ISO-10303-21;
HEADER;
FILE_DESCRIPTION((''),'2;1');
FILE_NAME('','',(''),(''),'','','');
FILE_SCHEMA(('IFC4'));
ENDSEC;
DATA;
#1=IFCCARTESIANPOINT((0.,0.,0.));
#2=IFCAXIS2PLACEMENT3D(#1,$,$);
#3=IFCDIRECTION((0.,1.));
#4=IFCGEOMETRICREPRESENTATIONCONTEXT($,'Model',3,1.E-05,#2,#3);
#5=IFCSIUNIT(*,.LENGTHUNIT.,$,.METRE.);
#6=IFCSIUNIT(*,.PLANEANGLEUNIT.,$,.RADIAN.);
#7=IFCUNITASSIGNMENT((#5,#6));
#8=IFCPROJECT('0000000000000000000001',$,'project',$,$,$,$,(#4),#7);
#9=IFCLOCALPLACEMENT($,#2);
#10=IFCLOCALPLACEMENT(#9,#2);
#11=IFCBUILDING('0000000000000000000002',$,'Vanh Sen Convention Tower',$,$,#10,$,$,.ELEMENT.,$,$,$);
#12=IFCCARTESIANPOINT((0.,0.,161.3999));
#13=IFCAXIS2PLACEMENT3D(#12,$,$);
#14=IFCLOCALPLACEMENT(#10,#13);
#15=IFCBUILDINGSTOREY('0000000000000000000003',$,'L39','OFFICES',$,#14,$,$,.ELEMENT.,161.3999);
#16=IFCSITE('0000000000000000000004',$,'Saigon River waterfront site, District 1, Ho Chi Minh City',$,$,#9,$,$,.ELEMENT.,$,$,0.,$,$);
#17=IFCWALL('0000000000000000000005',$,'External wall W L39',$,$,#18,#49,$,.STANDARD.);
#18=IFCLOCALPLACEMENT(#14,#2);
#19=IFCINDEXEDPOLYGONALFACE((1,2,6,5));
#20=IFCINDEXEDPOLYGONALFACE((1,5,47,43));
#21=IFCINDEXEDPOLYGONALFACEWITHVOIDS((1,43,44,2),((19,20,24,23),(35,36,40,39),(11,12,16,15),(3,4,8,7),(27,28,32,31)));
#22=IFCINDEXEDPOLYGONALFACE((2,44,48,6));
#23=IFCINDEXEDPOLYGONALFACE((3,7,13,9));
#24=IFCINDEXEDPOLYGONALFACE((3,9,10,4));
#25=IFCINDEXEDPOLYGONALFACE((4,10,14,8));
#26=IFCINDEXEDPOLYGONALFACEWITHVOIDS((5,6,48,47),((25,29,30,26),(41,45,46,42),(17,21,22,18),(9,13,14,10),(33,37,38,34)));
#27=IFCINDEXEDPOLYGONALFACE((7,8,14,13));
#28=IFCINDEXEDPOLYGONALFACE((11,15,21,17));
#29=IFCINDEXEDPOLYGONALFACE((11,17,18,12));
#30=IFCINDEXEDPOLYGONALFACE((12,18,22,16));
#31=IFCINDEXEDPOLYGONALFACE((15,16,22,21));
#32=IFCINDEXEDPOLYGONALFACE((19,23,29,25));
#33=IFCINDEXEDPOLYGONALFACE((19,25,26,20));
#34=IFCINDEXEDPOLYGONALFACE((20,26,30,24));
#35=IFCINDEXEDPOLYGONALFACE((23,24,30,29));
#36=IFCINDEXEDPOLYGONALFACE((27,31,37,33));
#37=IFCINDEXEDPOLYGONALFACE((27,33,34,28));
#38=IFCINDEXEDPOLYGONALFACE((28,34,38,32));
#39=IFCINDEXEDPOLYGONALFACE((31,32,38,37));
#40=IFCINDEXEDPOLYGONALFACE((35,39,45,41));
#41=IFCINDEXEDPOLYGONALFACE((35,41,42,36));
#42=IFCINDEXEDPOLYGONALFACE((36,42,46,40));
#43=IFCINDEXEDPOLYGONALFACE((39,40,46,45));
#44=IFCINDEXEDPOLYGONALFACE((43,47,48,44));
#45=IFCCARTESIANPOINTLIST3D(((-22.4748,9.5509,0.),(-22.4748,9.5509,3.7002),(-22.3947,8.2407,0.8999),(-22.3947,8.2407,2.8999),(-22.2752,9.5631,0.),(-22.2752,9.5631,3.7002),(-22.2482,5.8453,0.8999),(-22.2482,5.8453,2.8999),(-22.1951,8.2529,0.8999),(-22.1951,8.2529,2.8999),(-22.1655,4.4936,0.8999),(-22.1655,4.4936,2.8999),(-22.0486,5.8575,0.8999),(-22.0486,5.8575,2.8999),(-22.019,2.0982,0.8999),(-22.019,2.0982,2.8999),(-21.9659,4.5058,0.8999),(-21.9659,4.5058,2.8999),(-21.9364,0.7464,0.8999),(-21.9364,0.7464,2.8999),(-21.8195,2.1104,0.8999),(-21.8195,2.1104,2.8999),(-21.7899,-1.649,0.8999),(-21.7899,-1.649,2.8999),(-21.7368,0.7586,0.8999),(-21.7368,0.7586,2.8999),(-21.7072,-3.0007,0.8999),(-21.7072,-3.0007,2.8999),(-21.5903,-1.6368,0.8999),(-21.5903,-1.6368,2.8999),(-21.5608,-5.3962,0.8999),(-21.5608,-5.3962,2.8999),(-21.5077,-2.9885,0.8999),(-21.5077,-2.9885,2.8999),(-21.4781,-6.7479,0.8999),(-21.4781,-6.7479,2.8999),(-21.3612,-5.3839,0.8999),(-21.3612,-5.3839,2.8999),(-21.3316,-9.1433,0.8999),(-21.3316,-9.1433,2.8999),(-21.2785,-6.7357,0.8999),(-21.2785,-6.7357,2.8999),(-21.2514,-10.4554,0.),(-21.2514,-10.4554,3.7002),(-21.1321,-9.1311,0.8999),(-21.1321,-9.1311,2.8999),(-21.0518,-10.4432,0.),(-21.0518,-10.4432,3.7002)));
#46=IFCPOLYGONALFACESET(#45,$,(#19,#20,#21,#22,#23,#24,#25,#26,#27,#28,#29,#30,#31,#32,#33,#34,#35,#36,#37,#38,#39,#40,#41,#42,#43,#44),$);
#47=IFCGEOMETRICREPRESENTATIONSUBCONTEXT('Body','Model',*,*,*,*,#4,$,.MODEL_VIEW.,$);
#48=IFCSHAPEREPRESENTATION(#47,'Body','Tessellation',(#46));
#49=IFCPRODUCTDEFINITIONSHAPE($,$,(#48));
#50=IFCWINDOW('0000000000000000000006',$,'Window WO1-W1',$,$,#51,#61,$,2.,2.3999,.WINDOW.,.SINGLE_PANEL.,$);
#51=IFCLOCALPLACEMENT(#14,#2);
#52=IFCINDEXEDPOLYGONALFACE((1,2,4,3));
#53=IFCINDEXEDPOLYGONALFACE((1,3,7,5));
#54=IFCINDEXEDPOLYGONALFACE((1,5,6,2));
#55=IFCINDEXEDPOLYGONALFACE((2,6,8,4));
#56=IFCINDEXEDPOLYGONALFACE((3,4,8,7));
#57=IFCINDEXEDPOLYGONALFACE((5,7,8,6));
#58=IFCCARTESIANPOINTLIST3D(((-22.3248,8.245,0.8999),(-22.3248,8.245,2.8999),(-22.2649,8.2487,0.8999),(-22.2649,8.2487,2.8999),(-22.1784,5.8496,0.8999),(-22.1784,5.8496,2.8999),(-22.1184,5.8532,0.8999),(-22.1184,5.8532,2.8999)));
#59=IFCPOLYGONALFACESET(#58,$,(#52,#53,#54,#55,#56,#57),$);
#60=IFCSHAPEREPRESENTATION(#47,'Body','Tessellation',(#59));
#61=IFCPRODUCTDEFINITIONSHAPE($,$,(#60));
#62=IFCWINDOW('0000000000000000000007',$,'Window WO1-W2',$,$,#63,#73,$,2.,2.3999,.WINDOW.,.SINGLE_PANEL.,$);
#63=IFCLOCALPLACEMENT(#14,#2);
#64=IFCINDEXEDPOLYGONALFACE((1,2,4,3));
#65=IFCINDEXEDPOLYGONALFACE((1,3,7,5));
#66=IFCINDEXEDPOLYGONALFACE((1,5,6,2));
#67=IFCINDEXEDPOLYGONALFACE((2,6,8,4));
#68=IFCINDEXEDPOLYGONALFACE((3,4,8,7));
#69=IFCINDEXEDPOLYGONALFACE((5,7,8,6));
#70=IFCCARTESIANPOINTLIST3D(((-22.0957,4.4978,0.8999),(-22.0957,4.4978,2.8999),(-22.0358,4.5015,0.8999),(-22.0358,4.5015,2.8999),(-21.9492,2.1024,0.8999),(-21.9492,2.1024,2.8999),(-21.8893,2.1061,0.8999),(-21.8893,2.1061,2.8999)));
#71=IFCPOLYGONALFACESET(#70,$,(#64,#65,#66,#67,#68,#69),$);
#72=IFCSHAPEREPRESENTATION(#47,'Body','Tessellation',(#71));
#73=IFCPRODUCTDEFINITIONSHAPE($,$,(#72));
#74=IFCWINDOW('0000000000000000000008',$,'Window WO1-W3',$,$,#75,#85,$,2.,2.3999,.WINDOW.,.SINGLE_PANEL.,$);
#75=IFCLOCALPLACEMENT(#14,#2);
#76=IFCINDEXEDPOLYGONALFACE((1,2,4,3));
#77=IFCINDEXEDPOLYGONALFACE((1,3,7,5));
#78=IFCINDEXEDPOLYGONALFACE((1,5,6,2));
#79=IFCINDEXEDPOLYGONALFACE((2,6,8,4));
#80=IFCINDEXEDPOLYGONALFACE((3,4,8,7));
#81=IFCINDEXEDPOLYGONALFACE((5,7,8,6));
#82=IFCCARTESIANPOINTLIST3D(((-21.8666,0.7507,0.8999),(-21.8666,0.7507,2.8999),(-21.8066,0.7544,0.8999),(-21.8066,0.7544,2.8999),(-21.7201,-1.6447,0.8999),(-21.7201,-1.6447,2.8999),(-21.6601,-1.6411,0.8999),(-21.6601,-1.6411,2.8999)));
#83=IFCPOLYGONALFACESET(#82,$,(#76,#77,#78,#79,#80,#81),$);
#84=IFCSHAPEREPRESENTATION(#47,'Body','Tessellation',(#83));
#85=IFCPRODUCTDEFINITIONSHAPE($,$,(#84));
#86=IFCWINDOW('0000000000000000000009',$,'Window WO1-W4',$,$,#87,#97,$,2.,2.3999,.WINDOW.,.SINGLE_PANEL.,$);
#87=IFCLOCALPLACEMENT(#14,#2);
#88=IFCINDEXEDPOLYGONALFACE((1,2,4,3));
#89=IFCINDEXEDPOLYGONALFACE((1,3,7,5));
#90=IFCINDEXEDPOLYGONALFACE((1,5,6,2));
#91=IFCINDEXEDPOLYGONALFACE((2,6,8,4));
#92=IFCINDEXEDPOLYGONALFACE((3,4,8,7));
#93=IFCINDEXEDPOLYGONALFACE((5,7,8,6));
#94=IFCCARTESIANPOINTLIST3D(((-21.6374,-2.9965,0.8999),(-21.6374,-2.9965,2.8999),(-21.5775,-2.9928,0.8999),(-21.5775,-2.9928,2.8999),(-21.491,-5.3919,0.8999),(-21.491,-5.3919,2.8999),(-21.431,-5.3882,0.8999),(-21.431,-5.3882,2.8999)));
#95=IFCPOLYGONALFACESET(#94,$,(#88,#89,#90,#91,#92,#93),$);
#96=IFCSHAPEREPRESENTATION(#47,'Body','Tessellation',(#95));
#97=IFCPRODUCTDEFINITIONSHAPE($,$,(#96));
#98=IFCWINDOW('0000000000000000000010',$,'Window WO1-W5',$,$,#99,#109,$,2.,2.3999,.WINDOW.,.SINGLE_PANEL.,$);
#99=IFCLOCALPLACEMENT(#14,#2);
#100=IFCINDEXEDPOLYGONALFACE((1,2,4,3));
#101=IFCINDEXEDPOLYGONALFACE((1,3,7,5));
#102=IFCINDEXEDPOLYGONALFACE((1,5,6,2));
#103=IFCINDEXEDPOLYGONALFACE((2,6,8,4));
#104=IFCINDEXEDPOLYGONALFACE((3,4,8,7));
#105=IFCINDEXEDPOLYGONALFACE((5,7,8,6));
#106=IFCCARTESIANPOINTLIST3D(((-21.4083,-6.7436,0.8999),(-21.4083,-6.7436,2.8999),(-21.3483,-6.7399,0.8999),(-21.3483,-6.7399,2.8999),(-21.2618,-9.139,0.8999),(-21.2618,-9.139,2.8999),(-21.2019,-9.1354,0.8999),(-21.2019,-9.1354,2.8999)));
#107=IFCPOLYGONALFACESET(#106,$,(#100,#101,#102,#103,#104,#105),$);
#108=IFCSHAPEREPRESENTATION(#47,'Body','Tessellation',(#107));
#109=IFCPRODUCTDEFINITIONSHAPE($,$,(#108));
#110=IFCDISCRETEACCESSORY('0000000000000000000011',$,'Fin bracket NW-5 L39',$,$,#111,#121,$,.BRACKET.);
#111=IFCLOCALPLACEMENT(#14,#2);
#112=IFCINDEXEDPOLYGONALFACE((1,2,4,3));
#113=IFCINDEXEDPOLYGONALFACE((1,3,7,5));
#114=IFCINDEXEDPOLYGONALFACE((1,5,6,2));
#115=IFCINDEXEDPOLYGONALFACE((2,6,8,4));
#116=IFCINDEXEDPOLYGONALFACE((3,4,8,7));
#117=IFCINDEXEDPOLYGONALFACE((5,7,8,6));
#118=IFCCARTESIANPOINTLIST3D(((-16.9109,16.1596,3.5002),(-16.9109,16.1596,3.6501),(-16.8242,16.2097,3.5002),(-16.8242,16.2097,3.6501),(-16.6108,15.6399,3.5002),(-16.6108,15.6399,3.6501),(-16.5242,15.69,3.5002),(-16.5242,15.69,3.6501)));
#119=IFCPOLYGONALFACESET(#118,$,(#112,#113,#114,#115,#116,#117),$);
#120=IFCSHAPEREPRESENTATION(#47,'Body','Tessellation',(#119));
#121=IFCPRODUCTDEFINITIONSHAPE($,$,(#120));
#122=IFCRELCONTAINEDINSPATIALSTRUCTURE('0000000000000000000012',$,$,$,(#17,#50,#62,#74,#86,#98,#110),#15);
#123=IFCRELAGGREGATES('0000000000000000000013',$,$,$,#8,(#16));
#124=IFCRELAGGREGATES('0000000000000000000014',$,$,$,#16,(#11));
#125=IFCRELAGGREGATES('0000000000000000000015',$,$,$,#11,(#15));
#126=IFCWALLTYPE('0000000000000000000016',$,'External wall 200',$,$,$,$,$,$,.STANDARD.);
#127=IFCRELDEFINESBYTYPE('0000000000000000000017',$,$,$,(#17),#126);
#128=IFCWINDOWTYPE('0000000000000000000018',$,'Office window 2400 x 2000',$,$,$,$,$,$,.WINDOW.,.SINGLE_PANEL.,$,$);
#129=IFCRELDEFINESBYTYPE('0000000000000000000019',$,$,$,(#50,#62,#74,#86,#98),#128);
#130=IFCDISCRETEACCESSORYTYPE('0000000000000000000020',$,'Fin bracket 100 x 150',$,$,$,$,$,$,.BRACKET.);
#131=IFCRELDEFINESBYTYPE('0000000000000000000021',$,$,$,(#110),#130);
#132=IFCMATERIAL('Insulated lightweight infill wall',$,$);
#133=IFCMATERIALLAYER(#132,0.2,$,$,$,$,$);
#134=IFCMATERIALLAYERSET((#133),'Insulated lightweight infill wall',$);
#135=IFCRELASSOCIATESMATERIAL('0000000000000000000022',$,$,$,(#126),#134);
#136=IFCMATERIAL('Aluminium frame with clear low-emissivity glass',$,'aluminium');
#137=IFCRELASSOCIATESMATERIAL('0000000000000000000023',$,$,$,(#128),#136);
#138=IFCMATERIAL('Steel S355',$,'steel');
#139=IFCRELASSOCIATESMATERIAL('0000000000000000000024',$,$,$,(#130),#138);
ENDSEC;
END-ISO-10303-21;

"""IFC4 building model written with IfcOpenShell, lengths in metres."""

from ifc_helpers import new_model, si_unit, direction, frame, frame_2d, origin, origin_2d, place, context, subcontext, project, spatial, rectangle, extrude, material, layer, layer_set, type_object, element, fill, save


model = new_model("IFC4")

# Units and contexts
model_context = context("Model", 3, precision=1e-05, world=origin(), true_north=direction((0.0, 1.0)))
body_context = subcontext(model_context, "Body", "Model", "MODEL_VIEW")
ifc_project = project(units=[si_unit("LENGTHUNIT", "METRE"), si_unit("PLANEANGLEUNIT", "RADIAN")], contexts=[model_context])

# Site, building, storey
site_placement = place(None, origin())
site = spatial("IfcSite", under=ifc_project, at=site_placement, Name="Saigon River waterfront site, District 1, Ho Chi Minh City", CompositionType="ELEMENT", RefElevation=0.0)
building_placement = place(site_placement, origin())
building = spatial("IfcBuilding", under=site, at=building_placement, Name="Vanh Sen Convention Tower", CompositionType="ELEMENT")
storey_placement = place(building_placement, frame((0.0, 0.0, 161.3999)))
storey = spatial("IfcBuildingStorey", under=building, at=storey_placement, Name="L39", Description="OFFICES", CompositionType="ELEMENT", Elevation=161.3999)

# Shared definitions
ifc_material_1 = material(Name="Insulated lightweight infill wall")
ifc_layer_1 = layer(ifc_material_1, 0.2)
ifc_layer_set_1 = layer_set([ifc_layer_1], Name="Insulated lightweight infill wall")
wall_type_1 = type_object("IfcWallType", Name="External wall 200", PredefinedType="STANDARD", material=ifc_layer_set_1)
ifc_material_2 = material(Name="Aluminium frame with clear low-emissivity glass", Category="aluminium")

# Wall, openings, windows
wall_1_placement = place(storey_placement, frame((-22.375, 9.5571, 0.0), z_axis=(0.0, 0.0, 1.0), x_axis=(0.061036, -0.998136, 0.0)))
wall_1 = element("IfcWall", 1, at=wall_1_placement, inside=storey, type_object=wall_type_1, Name="External wall W L39", PredefinedType="STANDARD", context=body_context, shape_type="SweptSolid", body=[
    extrude(rectangle(XDim=20.0437, YDim=0.2, at=frame_2d((10.022, 0.0))), origin(), (0.0, 0.0, 1.0), 3.7002),
])
opening_1_placement = place(wall_1_placement, frame((1.3127, 0.0, 0.8999)))
opening_1 = element("IfcOpeningElement", 2, at=opening_1_placement, cuts=wall_1, PredefinedType="OPENING", context=body_context, shape_type="SweptSolid", body=[
    extrude(rectangle(XDim=2.3999, YDim=2.0, at=frame_2d((1.2, 1.0))), frame((0.0, 0.1099, 0.0), z_axis=(0.0, -1.0, 0.0), x_axis=(1.0, 0.0, 0.0)), (0.0, 0.0, 1.0), 0.22),
])
opening_2_placement = place(wall_1_placement, frame((5.0669, 0.0, 0.8999)))
opening_2 = element("IfcOpeningElement", 3, at=opening_2_placement, cuts=wall_1, PredefinedType="OPENING", context=body_context, shape_type="SweptSolid", body=[
    extrude(rectangle(XDim=2.3999, YDim=2.0, at=frame_2d((1.2, 1.0))), frame((0.0, 0.1099, 0.0), z_axis=(0.0, -1.0, 0.0), x_axis=(1.0, 0.0, 0.0)), (0.0, 0.0, 1.0), 0.22),
])
opening_3_placement = place(wall_1_placement, frame((8.821, 0.0, 0.8999)))
opening_3 = element("IfcOpeningElement", 4, at=opening_3_placement, cuts=wall_1, PredefinedType="OPENING", context=body_context, shape_type="SweptSolid", body=[
    extrude(rectangle(XDim=2.3999, YDim=2.0, at=frame_2d((1.2, 1.0))), frame((0.0, 0.1099, 0.0), z_axis=(0.0, -1.0, 0.0), x_axis=(1.0, 0.0, 0.0)), (0.0, 0.0, 1.0), 0.22),
])
opening_4_placement = place(wall_1_placement, frame((12.5752, 0.0, 0.8999)))
opening_4 = element("IfcOpeningElement", 5, at=opening_4_placement, cuts=wall_1, PredefinedType="OPENING", context=body_context, shape_type="SweptSolid", body=[
    extrude(rectangle(XDim=2.3999, YDim=2.0, at=frame_2d((1.2, 1.0))), frame((0.0, 0.1099, 0.0), z_axis=(0.0, -1.0, 0.0), x_axis=(1.0, 0.0, 0.0)), (0.0, 0.0, 1.0), 0.22),
])
opening_5_placement = place(wall_1_placement, frame((16.3293, 0.0, 0.8999)))
opening_5 = element("IfcOpeningElement", 6, at=opening_5_placement, cuts=wall_1, PredefinedType="OPENING", context=body_context, shape_type="SweptSolid", body=[
    extrude(rectangle(XDim=2.3999, YDim=2.0, at=frame_2d((1.2, 1.0))), frame((0.0, 0.1099, 0.0), z_axis=(0.0, -1.0, 0.0), x_axis=(1.0, 0.0, 0.0)), (0.0, 0.0, 1.0), 0.22),
])
window_type_1 = type_object("IfcWindowType", Name="Office window 2400 x 2000", PartitioningType="SINGLE_PANEL", PredefinedType="WINDOW", material=ifc_material_2)
window_1_placement = place(opening_1_placement, origin())
window_1 = element("IfcWindow", 7, at=window_1_placement, inside=storey, type_object=window_type_1, Name="Window WO1-W1", OverallHeight=2.0, OverallWidth=2.3999, PartitioningType="SINGLE_PANEL", PredefinedType="WINDOW", context=body_context, shape_type="SweptSolid", body=[
    extrude(rectangle(XDim=2.3999, YDim=2.0, at=frame_2d((1.2, 1.0))), frame((0.0, 0.03, 0.0), z_axis=(0.0, -1.0, 0.0), x_axis=(1.0, 0.0, 0.0)), (0.0, 0.0, 1.0), 0.0601),
])
fill(opening_1, window_1)
window_2_placement = place(opening_2_placement, origin())
window_2 = element("IfcWindow", 8, at=window_2_placement, inside=storey, type_object=window_type_1, Name="Window WO1-W2", OverallHeight=2.0, OverallWidth=2.3999, PartitioningType="SINGLE_PANEL", PredefinedType="WINDOW", context=body_context, shape_type="SweptSolid", body=[
    extrude(rectangle(XDim=2.3999, YDim=2.0, at=frame_2d((1.2, 1.0))), frame((0.0, 0.03, 0.0), z_axis=(0.0, -1.0, 0.0), x_axis=(1.0, 0.0, 0.0)), (0.0, 0.0, 1.0), 0.0601),
])
fill(opening_2, window_2)
window_3_placement = place(opening_3_placement, origin())
window_3 = element("IfcWindow", 9, at=window_3_placement, inside=storey, type_object=window_type_1, Name="Window WO1-W3", OverallHeight=2.0, OverallWidth=2.3999, PartitioningType="SINGLE_PANEL", PredefinedType="WINDOW", context=body_context, shape_type="SweptSolid", body=[
    extrude(rectangle(XDim=2.3999, YDim=2.0, at=frame_2d((1.2, 1.0))), frame((0.0, 0.03, 0.0), z_axis=(0.0, -1.0, 0.0), x_axis=(1.0, 0.0, 0.0)), (0.0, 0.0, 1.0), 0.0601),
])
fill(opening_3, window_3)
window_4_placement = place(opening_4_placement, origin())
window_4 = element("IfcWindow", 10, at=window_4_placement, inside=storey, type_object=window_type_1, Name="Window WO1-W4", OverallHeight=2.0, OverallWidth=2.3999, PartitioningType="SINGLE_PANEL", PredefinedType="WINDOW", context=body_context, shape_type="SweptSolid", body=[
    extrude(rectangle(XDim=2.3999, YDim=2.0, at=frame_2d((1.2, 1.0))), frame((0.0, 0.03, 0.0), z_axis=(0.0, -1.0, 0.0), x_axis=(1.0, 0.0, 0.0)), (0.0, 0.0, 1.0), 0.0601),
])
fill(opening_4, window_4)
window_5_placement = place(opening_5_placement, origin())
window_5 = element("IfcWindow", 11, at=window_5_placement, inside=storey, type_object=window_type_1, Name="Window WO1-W5", OverallHeight=2.0, OverallWidth=2.3999, PartitioningType="SINGLE_PANEL", PredefinedType="WINDOW", context=body_context, shape_type="SweptSolid", body=[
    extrude(rectangle(XDim=2.3999, YDim=2.0, at=frame_2d((1.2, 1.0))), frame((0.0, 0.03, 0.0), z_axis=(0.0, -1.0, 0.0), x_axis=(1.0, 0.0, 0.0)), (0.0, 0.0, 1.0), 0.0601),
])
fill(opening_5, window_5)

# Discrete accessory
ifc_material_3 = material(Name="Steel S355", Category="steel")
discrete_accessory_type = type_object("IfcDiscreteAccessoryType", Name="Fin bracket 100 x 150", PredefinedType="BRACKET", material=ifc_material_3)
discrete_accessory_placement = place(storey_placement, frame((-16.7175, 15.9248, 3.5002), z_axis=(0.0, 0.0, 1.0), x_axis=(-0.5, 0.866025, 0.0)))
element("IfcDiscreteAccessory", 12, at=discrete_accessory_placement, inside=storey, type_object=discrete_accessory_type, Name="Fin bracket NW-5 L39", PredefinedType="BRACKET", context=body_context, shape_type="SweptSolid", body=[
    extrude(rectangle(XDim=0.6001, YDim=0.1001, at=origin_2d()), origin(), (0.0, 0.0, 1.0), 0.1499),
])

save(model, "model.ifc")
